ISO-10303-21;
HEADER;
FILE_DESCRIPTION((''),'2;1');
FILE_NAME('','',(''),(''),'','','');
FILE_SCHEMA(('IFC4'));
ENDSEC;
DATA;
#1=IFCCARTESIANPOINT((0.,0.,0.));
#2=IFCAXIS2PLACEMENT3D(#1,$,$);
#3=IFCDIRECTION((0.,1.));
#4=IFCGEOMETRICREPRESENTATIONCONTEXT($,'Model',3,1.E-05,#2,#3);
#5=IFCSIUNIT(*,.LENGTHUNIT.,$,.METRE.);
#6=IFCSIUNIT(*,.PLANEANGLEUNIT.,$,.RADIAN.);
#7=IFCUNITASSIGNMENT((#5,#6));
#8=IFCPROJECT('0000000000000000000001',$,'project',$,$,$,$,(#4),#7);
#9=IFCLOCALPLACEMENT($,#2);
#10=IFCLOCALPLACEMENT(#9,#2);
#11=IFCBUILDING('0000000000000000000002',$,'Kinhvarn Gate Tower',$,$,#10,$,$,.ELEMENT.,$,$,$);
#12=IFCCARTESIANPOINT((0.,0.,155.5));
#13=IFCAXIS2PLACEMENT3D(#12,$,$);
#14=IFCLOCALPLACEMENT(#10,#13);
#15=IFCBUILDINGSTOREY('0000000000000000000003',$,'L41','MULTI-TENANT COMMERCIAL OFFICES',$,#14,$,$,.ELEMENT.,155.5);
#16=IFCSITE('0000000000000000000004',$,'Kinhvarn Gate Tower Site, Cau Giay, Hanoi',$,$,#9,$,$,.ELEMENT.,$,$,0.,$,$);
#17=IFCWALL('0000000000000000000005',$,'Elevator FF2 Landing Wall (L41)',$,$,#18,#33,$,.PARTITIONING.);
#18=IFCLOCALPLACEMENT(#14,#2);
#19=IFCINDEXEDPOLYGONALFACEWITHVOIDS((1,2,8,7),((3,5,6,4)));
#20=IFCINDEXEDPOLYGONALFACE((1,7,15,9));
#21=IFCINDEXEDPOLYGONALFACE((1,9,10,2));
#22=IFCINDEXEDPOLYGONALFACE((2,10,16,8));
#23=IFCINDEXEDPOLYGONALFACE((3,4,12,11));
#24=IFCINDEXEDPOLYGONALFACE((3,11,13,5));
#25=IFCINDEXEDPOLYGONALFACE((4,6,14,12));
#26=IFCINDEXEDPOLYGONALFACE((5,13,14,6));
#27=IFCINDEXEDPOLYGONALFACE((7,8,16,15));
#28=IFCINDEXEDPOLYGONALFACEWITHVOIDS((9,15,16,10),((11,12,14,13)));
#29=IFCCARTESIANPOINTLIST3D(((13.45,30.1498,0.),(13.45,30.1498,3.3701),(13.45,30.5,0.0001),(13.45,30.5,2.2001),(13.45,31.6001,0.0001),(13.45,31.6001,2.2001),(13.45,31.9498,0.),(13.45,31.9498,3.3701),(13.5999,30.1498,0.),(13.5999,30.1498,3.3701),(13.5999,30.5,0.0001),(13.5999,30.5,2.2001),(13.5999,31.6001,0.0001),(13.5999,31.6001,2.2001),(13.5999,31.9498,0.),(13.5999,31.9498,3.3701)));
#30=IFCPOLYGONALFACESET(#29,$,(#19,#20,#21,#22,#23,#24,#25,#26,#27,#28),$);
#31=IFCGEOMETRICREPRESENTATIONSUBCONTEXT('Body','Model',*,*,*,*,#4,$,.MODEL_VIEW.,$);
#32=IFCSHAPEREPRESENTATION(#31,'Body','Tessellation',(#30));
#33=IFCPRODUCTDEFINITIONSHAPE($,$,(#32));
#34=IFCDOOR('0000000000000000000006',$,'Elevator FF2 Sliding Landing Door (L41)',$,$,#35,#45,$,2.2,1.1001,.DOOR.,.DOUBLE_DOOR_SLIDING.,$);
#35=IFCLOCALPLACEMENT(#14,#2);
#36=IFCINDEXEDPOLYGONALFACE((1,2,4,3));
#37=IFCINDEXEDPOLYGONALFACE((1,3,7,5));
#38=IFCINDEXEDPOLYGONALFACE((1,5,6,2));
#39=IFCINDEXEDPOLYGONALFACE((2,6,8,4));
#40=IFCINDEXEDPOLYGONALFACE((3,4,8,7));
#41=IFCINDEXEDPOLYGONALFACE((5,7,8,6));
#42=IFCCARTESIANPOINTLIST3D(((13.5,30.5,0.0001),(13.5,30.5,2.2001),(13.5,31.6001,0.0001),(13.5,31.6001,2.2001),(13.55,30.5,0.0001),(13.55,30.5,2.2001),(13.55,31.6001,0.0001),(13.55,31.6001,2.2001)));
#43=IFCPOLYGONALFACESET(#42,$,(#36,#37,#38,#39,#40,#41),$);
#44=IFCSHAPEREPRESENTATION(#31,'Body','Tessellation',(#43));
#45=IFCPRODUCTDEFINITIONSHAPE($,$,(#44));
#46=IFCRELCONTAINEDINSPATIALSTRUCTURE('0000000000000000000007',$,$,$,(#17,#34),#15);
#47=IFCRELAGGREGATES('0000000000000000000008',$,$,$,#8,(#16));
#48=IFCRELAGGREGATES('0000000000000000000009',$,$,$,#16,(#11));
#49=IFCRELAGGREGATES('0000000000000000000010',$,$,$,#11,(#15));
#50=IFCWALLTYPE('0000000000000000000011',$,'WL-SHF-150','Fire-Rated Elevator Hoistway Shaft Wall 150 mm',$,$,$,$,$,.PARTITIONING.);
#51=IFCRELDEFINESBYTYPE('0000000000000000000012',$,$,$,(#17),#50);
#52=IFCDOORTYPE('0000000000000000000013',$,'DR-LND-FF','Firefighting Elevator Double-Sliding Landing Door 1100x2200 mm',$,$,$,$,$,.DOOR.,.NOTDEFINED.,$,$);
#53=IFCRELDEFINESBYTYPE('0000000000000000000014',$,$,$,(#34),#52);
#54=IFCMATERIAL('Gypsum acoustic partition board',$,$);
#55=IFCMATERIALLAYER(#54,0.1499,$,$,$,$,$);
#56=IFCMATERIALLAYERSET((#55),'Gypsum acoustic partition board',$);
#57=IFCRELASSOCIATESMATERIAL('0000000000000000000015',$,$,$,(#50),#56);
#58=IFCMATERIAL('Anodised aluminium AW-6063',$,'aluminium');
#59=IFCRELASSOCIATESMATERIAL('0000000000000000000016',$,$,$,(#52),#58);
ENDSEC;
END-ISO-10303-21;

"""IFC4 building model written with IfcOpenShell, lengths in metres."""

from ifc_helpers import new_model, si_unit, direction, frame, frame_2d, origin, place, context, subcontext, project, spatial, rectangle, extrude, material, layer, layer_set, type_object, element, fill, save


model = new_model("IFC4")

# Units and contexts
model_context = context("Model", 3, precision=1e-05, world=origin(), true_north=direction((0.0, 1.0)))
body_context = subcontext(model_context, "Body", "Model", "MODEL_VIEW")
ifc_project = project(units=[si_unit("LENGTHUNIT", "METRE"), si_unit("PLANEANGLEUNIT", "RADIAN")], contexts=[model_context])

# Site, building, storey
site_placement = place(None, origin())
site = spatial("IfcSite", under=ifc_project, at=site_placement, Name="Kinhvarn Gate Tower Site, Cau Giay, Hanoi", CompositionType="ELEMENT", RefElevation=0.0)
building_placement = place(site_placement, origin())
building = spatial("IfcBuilding", under=site, at=building_placement, Name="Kinhvarn Gate Tower", CompositionType="ELEMENT")
storey_placement = place(building_placement, frame((0.0, 0.0, 155.5)))
storey = spatial("IfcBuildingStorey", under=building, at=storey_placement, Name="L41", Description="MULTI-TENANT COMMERCIAL OFFICES", CompositionType="ELEMENT", Elevation=155.5)

# Shared definitions
ifc_material_1 = material(Name="Gypsum acoustic partition board")

# Shared definitions
ifc_layer_1 = layer(ifc_material_1, 0.1499)
ifc_layer_set_1 = layer_set([ifc_layer_1], Name="Gypsum acoustic partition board")
wall_type_1 = type_object("IfcWallType", Name="WL-SHF-150", Description="Fire-Rated Elevator Hoistway Shaft Wall 150 mm", PredefinedType="PARTITIONING", material=ifc_layer_set_1)
ifc_material_2 = material(Name="Anodised aluminium AW-6063", Category="aluminium")

# Wall, opening, door
wall_1_placement = place(storey_placement, frame((13.5249, 30.1499, 0.0), z_axis=(0.0, 0.0, 1.0), x_axis=(0.0, 1.0, 0.0)))
wall_1 = element("IfcWall", 1, at=wall_1_placement, inside=storey, type_object=wall_type_1, Name="Elevator FF2 Landing Wall (L41)", PredefinedType="PARTITIONING", context=body_context, shape_type="SweptSolid", body=[
    extrude(rectangle(XDim=1.8, YDim=0.1499, at=frame_2d((0.8999, 0.0))), origin(), (0.0, 0.0, 1.0), 3.3701),
])
opening_1_placement = place(wall_1_placement, frame((0.3501, 0.0, 0.0)))
opening_1 = element("IfcOpeningElement", 2, at=opening_1_placement, cuts=wall_1, PredefinedType="OPENING", context=body_context, shape_type="SweptSolid", body=[
    extrude(rectangle(XDim=1.1001, YDim=2.2, at=frame_2d((0.55, 1.1001))), frame((0.0, 0.085, 0.0), z_axis=(0.0, -1.0, 0.0), x_axis=(1.0, 0.0, 0.0)), (0.0, 0.0, 1.0), 0.1699),
])
door_type_1 = type_object("IfcDoorType", Name="DR-LND-FF", Description="Firefighting Elevator Double-Sliding Landing Door 1100x2200 mm", OperationType="NOTDEFINED", PredefinedType="DOOR", material=ifc_material_2)
door_1_placement = place(opening_1_placement, origin())
door_1 = element("IfcDoor", 3, at=door_1_placement, inside=storey, type_object=door_type_1, Name="Elevator FF2 Sliding Landing Door (L41)", OperationType="DOUBLE_DOOR_SLIDING", OverallHeight=2.2, OverallWidth=1.1001, PredefinedType="DOOR", context=body_context, shape_type="SweptSolid", body=[
    extrude(rectangle(XDim=1.1001, YDim=2.2, at=frame_2d((0.55, 1.1001))), frame((0.0, 0.0249, 0.0), z_axis=(0.0, -1.0, 0.0), x_axis=(1.0, 0.0, 0.0)), (0.0, 0.0, 1.0), 0.05),
])
fill(opening_1, door_1)

save(model, "model.ifc")
